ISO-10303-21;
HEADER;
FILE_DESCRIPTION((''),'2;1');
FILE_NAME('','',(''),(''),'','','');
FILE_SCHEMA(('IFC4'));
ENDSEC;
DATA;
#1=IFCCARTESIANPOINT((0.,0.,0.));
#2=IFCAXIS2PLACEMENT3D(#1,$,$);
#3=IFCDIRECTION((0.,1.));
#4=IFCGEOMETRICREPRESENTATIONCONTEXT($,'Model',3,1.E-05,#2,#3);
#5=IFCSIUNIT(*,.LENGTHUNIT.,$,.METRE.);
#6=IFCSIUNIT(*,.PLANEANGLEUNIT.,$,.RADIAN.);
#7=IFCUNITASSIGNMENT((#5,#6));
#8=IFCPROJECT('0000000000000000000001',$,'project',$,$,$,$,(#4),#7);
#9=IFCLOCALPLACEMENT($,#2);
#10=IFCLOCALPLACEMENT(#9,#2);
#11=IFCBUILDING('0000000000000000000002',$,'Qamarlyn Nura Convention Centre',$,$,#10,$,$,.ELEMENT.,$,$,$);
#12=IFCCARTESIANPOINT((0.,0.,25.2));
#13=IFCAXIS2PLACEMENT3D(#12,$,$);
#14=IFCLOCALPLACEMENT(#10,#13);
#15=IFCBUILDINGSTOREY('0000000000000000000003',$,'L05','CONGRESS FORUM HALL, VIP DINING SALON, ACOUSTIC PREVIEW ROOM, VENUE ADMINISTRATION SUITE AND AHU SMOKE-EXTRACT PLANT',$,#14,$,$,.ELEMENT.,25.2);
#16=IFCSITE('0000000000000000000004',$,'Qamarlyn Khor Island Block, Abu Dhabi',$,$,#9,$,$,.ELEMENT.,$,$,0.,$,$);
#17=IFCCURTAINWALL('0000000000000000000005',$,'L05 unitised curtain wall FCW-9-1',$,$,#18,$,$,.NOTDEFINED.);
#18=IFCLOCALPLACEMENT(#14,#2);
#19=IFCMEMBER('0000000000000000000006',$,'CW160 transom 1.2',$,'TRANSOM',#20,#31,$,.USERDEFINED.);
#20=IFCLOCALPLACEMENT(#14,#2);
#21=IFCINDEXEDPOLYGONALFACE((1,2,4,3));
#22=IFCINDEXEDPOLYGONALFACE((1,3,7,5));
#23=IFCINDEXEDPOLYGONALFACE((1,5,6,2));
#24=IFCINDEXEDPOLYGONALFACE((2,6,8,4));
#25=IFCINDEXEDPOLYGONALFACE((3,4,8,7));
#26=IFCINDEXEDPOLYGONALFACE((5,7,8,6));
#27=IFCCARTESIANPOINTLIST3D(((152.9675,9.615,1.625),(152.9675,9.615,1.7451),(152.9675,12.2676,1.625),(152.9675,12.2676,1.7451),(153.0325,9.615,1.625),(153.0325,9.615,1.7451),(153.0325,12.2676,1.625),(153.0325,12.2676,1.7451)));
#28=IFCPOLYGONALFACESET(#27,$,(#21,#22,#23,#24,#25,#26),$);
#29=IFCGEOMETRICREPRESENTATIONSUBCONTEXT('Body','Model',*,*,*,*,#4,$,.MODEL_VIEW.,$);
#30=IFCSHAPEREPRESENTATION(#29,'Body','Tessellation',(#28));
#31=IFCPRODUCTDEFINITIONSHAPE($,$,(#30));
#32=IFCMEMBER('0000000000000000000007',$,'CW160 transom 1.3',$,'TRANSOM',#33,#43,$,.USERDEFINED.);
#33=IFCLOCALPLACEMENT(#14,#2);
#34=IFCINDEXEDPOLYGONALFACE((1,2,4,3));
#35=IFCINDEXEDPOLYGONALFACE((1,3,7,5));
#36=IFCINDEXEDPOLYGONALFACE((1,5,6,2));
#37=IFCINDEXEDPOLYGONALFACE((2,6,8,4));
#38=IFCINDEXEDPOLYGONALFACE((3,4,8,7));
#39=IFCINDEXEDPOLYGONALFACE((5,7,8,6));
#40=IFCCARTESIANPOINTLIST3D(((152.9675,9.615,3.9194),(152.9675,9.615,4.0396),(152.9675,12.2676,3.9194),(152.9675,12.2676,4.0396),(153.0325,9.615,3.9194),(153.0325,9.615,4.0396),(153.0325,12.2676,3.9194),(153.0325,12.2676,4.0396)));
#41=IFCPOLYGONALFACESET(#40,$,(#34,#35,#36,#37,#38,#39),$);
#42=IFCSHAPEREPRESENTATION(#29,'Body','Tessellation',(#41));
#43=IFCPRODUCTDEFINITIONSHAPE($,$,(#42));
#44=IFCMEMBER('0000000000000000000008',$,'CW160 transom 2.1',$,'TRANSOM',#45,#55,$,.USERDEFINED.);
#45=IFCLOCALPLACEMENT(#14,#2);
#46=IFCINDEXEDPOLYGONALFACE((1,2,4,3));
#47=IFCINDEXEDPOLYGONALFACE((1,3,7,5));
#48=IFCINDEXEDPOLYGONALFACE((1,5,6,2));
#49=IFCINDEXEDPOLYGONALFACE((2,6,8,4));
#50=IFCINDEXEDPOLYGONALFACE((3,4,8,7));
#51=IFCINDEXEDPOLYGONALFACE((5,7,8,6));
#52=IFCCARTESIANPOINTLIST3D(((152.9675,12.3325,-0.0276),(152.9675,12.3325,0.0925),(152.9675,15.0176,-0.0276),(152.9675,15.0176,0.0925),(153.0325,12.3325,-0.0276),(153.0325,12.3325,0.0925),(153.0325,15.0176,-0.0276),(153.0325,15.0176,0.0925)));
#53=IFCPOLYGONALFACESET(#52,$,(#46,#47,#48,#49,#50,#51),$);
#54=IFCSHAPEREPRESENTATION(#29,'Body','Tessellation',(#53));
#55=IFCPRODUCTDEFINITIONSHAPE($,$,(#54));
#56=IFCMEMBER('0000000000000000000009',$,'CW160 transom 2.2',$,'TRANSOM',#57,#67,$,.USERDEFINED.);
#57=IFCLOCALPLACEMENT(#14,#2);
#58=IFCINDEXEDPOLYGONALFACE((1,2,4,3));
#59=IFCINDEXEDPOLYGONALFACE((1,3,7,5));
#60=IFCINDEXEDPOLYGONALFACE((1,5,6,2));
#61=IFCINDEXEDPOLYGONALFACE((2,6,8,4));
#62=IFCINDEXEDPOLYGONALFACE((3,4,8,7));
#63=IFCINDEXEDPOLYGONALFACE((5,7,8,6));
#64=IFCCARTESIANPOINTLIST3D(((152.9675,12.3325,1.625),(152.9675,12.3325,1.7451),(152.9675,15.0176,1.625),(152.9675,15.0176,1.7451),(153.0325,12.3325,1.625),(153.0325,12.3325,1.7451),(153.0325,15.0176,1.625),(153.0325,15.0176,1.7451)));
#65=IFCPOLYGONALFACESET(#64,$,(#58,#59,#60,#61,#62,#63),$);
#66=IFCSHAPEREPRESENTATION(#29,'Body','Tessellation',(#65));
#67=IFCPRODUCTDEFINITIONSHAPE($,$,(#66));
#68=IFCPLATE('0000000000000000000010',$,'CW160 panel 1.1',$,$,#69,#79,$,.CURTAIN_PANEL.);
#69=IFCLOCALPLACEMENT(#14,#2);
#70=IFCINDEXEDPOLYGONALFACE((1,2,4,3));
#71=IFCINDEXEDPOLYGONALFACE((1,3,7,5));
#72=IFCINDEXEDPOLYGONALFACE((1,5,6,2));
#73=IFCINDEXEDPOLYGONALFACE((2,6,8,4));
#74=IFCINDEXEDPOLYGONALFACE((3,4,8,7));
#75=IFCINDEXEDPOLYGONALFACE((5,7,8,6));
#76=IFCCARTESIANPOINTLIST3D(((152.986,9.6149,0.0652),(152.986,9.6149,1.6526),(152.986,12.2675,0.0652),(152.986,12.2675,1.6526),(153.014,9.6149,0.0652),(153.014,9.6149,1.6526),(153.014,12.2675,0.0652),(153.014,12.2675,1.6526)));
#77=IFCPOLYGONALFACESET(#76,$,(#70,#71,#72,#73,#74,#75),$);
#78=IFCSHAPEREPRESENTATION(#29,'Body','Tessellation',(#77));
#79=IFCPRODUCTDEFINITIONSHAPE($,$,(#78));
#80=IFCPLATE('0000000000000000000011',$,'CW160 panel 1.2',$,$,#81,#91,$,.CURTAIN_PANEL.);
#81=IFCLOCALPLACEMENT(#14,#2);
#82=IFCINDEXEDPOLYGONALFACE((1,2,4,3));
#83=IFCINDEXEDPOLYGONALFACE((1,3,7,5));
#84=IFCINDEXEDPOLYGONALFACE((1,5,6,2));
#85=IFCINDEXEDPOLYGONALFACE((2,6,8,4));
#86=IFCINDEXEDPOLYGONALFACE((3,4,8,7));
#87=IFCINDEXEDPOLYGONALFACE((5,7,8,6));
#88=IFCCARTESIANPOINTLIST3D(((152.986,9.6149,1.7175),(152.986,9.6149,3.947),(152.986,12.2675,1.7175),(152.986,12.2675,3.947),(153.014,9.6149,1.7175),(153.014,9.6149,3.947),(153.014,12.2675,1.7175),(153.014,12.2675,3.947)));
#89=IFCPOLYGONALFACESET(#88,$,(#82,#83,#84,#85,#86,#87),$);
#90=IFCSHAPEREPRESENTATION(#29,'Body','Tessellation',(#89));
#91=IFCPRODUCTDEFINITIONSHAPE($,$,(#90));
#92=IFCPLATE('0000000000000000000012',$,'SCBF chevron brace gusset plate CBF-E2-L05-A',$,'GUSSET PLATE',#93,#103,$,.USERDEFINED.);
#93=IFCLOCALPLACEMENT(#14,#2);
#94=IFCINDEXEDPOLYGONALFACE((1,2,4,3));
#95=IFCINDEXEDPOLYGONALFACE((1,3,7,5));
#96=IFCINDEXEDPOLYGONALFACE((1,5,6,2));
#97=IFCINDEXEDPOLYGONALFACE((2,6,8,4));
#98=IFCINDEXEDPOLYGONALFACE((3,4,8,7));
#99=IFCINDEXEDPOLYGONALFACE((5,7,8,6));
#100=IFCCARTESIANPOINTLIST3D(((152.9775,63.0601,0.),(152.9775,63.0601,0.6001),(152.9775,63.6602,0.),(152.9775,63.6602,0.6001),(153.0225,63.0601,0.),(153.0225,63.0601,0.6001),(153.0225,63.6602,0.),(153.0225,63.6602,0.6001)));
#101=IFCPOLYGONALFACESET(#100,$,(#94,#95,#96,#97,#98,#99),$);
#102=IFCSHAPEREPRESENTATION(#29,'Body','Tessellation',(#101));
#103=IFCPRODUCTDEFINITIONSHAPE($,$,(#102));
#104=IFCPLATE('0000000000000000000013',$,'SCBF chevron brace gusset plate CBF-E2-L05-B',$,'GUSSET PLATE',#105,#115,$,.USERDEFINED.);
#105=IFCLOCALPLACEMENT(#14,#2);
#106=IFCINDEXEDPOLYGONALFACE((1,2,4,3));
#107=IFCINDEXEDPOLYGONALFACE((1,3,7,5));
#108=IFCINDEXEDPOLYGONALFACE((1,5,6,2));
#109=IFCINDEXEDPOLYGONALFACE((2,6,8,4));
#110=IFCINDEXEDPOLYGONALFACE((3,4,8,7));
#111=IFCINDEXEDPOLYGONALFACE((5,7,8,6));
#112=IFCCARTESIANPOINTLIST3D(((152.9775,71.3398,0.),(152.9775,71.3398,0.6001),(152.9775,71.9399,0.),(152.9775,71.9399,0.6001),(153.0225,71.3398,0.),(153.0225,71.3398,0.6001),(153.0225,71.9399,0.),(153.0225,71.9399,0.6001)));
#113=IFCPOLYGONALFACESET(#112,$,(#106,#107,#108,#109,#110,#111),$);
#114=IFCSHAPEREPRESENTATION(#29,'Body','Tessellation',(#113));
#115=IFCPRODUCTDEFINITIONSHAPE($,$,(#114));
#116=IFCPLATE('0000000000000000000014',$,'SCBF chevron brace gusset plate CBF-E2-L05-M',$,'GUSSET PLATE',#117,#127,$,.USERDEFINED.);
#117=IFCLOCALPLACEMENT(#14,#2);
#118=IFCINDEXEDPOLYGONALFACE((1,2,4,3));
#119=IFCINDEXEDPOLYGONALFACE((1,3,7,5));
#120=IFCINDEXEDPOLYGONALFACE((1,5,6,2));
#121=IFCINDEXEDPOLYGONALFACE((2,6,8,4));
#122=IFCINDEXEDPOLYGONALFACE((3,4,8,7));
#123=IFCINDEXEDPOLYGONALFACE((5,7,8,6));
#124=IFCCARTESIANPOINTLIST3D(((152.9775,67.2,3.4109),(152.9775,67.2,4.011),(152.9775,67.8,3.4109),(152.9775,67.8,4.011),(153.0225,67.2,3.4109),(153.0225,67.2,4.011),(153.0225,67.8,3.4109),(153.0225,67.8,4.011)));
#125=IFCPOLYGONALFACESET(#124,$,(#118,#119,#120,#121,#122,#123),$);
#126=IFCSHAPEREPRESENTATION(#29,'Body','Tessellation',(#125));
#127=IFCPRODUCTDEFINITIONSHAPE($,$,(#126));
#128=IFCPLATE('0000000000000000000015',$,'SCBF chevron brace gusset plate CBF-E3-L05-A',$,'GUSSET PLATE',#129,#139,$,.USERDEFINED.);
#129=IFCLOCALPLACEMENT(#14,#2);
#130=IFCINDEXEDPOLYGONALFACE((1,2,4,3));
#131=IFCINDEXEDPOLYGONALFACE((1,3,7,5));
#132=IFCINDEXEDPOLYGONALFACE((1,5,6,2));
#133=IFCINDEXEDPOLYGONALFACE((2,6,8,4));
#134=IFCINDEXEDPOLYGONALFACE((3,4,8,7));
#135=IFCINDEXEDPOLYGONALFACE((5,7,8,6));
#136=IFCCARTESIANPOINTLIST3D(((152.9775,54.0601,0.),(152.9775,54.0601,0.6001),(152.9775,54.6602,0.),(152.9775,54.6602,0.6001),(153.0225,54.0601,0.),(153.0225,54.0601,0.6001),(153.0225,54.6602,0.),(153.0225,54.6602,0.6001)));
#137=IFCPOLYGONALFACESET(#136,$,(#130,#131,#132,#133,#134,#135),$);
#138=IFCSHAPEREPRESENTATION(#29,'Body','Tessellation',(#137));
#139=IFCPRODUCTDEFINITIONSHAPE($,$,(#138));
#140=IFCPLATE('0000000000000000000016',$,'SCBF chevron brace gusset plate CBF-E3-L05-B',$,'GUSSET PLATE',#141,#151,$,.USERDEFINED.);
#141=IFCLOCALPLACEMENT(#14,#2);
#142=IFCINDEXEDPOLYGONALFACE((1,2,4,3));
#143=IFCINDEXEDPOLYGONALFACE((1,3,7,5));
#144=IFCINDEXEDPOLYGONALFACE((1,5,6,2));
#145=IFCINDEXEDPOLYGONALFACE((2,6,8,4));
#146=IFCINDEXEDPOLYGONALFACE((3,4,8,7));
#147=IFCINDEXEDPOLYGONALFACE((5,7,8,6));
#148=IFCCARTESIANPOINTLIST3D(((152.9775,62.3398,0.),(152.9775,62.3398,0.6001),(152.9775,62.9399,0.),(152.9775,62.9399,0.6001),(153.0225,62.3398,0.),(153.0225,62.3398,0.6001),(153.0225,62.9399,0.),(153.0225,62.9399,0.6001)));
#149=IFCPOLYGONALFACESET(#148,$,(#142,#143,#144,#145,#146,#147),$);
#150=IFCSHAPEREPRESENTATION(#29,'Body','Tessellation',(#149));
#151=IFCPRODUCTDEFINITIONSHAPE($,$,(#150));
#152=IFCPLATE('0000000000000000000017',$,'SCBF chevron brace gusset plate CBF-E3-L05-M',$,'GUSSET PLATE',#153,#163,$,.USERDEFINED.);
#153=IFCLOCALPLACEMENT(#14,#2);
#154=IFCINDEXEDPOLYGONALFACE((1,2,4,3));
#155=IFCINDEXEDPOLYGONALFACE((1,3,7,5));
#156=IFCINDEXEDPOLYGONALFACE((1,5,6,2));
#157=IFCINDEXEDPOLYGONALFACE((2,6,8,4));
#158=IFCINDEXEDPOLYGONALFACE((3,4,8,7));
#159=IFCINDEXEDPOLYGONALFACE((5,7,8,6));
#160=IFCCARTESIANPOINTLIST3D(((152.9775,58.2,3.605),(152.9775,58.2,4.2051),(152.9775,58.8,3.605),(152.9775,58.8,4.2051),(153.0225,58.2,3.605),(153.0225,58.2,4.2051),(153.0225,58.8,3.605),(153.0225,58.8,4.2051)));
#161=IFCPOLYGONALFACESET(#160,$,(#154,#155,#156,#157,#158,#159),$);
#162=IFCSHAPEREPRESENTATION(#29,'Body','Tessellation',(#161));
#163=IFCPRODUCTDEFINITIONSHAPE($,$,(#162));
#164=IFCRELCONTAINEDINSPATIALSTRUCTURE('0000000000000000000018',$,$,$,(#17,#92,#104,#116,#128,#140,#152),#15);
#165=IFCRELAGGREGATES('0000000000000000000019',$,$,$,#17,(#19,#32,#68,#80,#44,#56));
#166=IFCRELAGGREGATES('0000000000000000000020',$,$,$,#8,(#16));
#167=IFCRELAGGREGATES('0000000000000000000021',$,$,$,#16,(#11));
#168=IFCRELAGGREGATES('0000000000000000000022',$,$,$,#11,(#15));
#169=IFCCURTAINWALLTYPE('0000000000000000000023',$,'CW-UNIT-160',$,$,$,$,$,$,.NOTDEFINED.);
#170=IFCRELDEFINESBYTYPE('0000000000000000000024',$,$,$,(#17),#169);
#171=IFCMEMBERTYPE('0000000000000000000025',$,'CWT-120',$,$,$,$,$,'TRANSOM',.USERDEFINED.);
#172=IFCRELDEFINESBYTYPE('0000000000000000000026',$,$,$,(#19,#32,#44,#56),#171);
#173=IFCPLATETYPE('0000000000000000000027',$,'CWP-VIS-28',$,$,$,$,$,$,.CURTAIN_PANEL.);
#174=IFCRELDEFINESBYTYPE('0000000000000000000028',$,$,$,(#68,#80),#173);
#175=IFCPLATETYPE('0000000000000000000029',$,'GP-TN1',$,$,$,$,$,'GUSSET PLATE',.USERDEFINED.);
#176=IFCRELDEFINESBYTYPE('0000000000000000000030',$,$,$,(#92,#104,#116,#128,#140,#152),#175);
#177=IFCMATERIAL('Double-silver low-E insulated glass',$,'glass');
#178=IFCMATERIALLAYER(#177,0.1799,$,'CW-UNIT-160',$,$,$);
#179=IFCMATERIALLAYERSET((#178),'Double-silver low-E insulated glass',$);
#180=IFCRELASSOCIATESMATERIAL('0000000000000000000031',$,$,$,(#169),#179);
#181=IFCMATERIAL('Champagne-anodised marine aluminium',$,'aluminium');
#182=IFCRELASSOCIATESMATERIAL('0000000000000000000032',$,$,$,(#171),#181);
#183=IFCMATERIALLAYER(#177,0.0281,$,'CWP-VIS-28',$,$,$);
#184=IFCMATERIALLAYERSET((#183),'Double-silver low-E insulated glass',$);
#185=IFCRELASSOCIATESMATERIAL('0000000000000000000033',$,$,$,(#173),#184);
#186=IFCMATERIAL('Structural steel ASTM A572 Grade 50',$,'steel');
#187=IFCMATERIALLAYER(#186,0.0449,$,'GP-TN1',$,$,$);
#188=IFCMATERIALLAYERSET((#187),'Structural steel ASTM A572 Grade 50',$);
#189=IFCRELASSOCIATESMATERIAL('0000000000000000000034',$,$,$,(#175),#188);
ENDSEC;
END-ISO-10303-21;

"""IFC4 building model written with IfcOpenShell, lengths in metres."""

from ifc_helpers import new_model, si_unit, direction, frame, origin, origin_2d, place, context, subcontext, project, spatial, rectangle, extrude, material, layer, layer_set, material_profile, profile_set, type_object, element, aggregate, save


model = new_model("IFC4")

# Units and contexts
model_context = context("Model", 3, precision=1e-05, world=origin(), true_north=direction((0.0, 1.0)))
body_context = subcontext(model_context, "Body", "Model", "MODEL_VIEW")
ifc_project = project(units=[si_unit("LENGTHUNIT", "METRE"), si_unit("PLANEANGLEUNIT", "RADIAN")], contexts=[model_context])

# Site, building, storey
site_placement = place(None, origin())
site = spatial("IfcSite", under=ifc_project, at=site_placement, Name="Qamarlyn Khor Island Block, Abu Dhabi", CompositionType="ELEMENT", RefElevation=0.0)
building_placement = place(site_placement, origin())
building = spatial("IfcBuilding", under=site, at=building_placement, Name="Qamarlyn Nura Convention Centre", CompositionType="ELEMENT")
storey_placement = place(building_placement, frame((0.0, 0.0, 25.2)))
storey = spatial("IfcBuildingStorey", under=building, at=storey_placement, Name="L05", Description="CONGRESS FORUM HALL, VIP DINING SALON, ACOUSTIC PREVIEW ROOM, VENUE ADMINISTRATION SUITE AND AHU SMOKE-EXTRACT PLANT", CompositionType="ELEMENT", Elevation=25.2)

# Curtain wall, members, plates
ifc_material_1 = material(Name="Double-silver low-E insulated glass", Category="glass")
ifc_layer_1 = layer(ifc_material_1, 0.1799, Name="CW-UNIT-160")
ifc_layer_set_1 = layer_set([ifc_layer_1], Name="Double-silver low-E insulated glass")
curtain_wall_type = type_object("IfcCurtainWallType", Name="CW-UNIT-160", PredefinedType="NOTDEFINED", material=ifc_layer_set_1)
curtain_wall_placement = place(storey_placement, origin())
curtain_wall = element("IfcCurtainWall", 1, at=curtain_wall_placement, inside=storey, type_object=curtain_wall_type, Name="L05 unitised curtain wall FCW-9-1", PredefinedType="NOTDEFINED")
ifc_material_2 = material(Name="Champagne-anodised marine aluminium", Category="aluminium")
ifc_material_profile_1 = material_profile(ifc_material_2, rectangle(XDim=0.0649, YDim=0.1201, at=origin_2d()), Name="ALU TRANSOM 65x120")
ifc_profile_set_1 = profile_set([ifc_material_profile_1], Name="Champagne-anodised marine aluminium")
member_type_1 = type_object("IfcMemberType", Name="CWT-120", ElementType="TRANSOM", PredefinedType="USERDEFINED", material=ifc_profile_set_1)
member_1_placement = place(storey_placement, frame((153.0, 9.615, 1.6851), z_axis=(0.0, 1.0, 0.0), x_axis=(-1.0, 0.0, 0.0)))
member_1 = element("IfcMember", 2, at=member_1_placement, type_object=member_type_1, Name="CW160 transom 1.2", ObjectType="TRANSOM", PredefinedType="USERDEFINED", context=body_context, shape_type="SweptSolid", body=[
    extrude(rectangle(XDim=0.0649, YDim=0.1201, at=origin_2d()), origin(), (0.0, 0.0, 1.0), 2.6526),
])
member_2_placement = place(storey_placement, frame((153.0, 9.615, 3.9795), z_axis=(0.0, 1.0, 0.0), x_axis=(-1.0, 0.0, 0.0)))
member_2 = element("IfcMember", 3, at=member_2_placement, type_object=member_type_1, Name="CW160 transom 1.3", ObjectType="TRANSOM", PredefinedType="USERDEFINED", context=body_context, shape_type="SweptSolid", body=[
    extrude(rectangle(XDim=0.0649, YDim=0.1201, at=origin_2d()), origin(), (0.0, 0.0, 1.0), 2.6526),
])
member_3_placement = place(storey_placement, frame((153.0, 12.3325, 0.0325), z_axis=(0.0, 1.0, 0.0), x_axis=(-1.0, 0.0, 0.0)))
member_3 = element("IfcMember", 4, at=member_3_placement, type_object=member_type_1, Name="CW160 transom 2.1", ObjectType="TRANSOM", PredefinedType="USERDEFINED", context=body_context, shape_type="SweptSolid", body=[
    extrude(rectangle(XDim=0.0649, YDim=0.1201, at=origin_2d()), origin(), (0.0, 0.0, 1.0), 2.6851),
])
member_4_placement = place(storey_placement, frame((153.0, 12.3325, 1.6851), z_axis=(0.0, 1.0, 0.0), x_axis=(-1.0, 0.0, 0.0)))
member_4 = element("IfcMember", 5, at=member_4_placement, type_object=member_type_1, Name="CW160 transom 2.2", ObjectType="TRANSOM", PredefinedType="USERDEFINED", context=body_context, shape_type="SweptSolid", body=[
    extrude(rectangle(XDim=0.0649, YDim=0.1201, at=origin_2d()), origin(), (0.0, 0.0, 1.0), 2.6851),
])
ifc_layer_2 = layer(ifc_material_1, 0.0281, Name="CWP-VIS-28")
ifc_layer_set_2 = layer_set([ifc_layer_2], Name="Double-silver low-E insulated glass")
plate_type_1 = type_object("IfcPlateType", Name="CWP-VIS-28", PredefinedType="CURTAIN_PANEL", material=ifc_layer_set_2)
plate_1_placement = place(storey_placement, frame((153.0, 10.9412, 0.0652), z_axis=(0.0, 0.0, 1.0), x_axis=(0.0, 1.0, 0.0)))
plate_1 = element("IfcPlate", 6, at=plate_1_placement, type_object=plate_type_1, Name="CW160 panel 1.1", PredefinedType="CURTAIN_PANEL", context=body_context, shape_type="SweptSolid", body=[
    extrude(rectangle(XDim=2.6526, YDim=0.0281, at=origin_2d()), origin(), (0.0, 0.0, 1.0), 1.5874),
])
plate_2_placement = place(storey_placement, frame((153.0, 10.9412, 1.7175), z_axis=(0.0, 0.0, 1.0), x_axis=(0.0, 1.0, 0.0)))
plate_2 = element("IfcPlate", 7, at=plate_2_placement, type_object=plate_type_1, Name="CW160 panel 1.2", PredefinedType="CURTAIN_PANEL", context=body_context, shape_type="SweptSolid", body=[
    extrude(rectangle(XDim=2.6526, YDim=0.0281, at=origin_2d()), origin(), (0.0, 0.0, 1.0), 2.2295),
])
aggregate(curtain_wall, [member_1, member_2, plate_1, plate_2, member_3, member_4])

# Plates
ifc_material_3 = material(Name="Structural steel ASTM A572 Grade 50", Category="steel")
ifc_layer_3 = layer(ifc_material_3, 0.0449, Name="GP-TN1")
ifc_layer_set_3 = layer_set([ifc_layer_3], Name="Structural steel ASTM A572 Grade 50")
plate_type_2 = type_object("IfcPlateType", Name="GP-TN1", ElementType="GUSSET PLATE", PredefinedType="USERDEFINED", material=ifc_layer_set_3)
for number, where, z_axis, x_axis, name in (
    (8, (153.0, 63.3601, 0.0), (0.0, 0.0, 1.0), (0.0, 1.0, 0.0), "SCBF chevron brace gusset plate CBF-E2-L05-A"),
    (9, (153.0, 71.6399, 0.0), (0.0, 0.0, 1.0), (0.0, 1.0, 0.0), "SCBF chevron brace gusset plate CBF-E2-L05-B"),
    (10, (153.0, 67.5, 3.4109), (0.0, 0.0, 1.0), (0.0, 1.0, 0.0), "SCBF chevron brace gusset plate CBF-E2-L05-M"),
    (11, (153.0, 54.3601, 0.0), (0.0, 0.0, 1.0), (0.0, 1.0, 0.0), "SCBF chevron brace gusset plate CBF-E3-L05-A"),
    (12, (153.0, 62.6399, 0.0), (0.0, 0.0, 1.0), (0.0, 1.0, 0.0), "SCBF chevron brace gusset plate CBF-E3-L05-B"),
    (13, (153.0, 58.5, 3.605), (0.0, 0.0, 1.0), (0.0, 1.0, 0.0), "SCBF chevron brace gusset plate CBF-E3-L05-M"),
):
    element("IfcPlate", number, at=place(storey_placement, frame(where, z_axis=z_axis, x_axis=x_axis)), inside=storey, type_object=plate_type_2, Name=name, ObjectType="GUSSET PLATE", PredefinedType="USERDEFINED", context=body_context, shape_type="SweptSolid", body=[
        extrude(rectangle(XDim=0.6001, YDim=0.0449, at=origin_2d()), origin(), (0.0, 0.0, 1.0), 0.6001),
    ])

save(model, "model.ifc")
